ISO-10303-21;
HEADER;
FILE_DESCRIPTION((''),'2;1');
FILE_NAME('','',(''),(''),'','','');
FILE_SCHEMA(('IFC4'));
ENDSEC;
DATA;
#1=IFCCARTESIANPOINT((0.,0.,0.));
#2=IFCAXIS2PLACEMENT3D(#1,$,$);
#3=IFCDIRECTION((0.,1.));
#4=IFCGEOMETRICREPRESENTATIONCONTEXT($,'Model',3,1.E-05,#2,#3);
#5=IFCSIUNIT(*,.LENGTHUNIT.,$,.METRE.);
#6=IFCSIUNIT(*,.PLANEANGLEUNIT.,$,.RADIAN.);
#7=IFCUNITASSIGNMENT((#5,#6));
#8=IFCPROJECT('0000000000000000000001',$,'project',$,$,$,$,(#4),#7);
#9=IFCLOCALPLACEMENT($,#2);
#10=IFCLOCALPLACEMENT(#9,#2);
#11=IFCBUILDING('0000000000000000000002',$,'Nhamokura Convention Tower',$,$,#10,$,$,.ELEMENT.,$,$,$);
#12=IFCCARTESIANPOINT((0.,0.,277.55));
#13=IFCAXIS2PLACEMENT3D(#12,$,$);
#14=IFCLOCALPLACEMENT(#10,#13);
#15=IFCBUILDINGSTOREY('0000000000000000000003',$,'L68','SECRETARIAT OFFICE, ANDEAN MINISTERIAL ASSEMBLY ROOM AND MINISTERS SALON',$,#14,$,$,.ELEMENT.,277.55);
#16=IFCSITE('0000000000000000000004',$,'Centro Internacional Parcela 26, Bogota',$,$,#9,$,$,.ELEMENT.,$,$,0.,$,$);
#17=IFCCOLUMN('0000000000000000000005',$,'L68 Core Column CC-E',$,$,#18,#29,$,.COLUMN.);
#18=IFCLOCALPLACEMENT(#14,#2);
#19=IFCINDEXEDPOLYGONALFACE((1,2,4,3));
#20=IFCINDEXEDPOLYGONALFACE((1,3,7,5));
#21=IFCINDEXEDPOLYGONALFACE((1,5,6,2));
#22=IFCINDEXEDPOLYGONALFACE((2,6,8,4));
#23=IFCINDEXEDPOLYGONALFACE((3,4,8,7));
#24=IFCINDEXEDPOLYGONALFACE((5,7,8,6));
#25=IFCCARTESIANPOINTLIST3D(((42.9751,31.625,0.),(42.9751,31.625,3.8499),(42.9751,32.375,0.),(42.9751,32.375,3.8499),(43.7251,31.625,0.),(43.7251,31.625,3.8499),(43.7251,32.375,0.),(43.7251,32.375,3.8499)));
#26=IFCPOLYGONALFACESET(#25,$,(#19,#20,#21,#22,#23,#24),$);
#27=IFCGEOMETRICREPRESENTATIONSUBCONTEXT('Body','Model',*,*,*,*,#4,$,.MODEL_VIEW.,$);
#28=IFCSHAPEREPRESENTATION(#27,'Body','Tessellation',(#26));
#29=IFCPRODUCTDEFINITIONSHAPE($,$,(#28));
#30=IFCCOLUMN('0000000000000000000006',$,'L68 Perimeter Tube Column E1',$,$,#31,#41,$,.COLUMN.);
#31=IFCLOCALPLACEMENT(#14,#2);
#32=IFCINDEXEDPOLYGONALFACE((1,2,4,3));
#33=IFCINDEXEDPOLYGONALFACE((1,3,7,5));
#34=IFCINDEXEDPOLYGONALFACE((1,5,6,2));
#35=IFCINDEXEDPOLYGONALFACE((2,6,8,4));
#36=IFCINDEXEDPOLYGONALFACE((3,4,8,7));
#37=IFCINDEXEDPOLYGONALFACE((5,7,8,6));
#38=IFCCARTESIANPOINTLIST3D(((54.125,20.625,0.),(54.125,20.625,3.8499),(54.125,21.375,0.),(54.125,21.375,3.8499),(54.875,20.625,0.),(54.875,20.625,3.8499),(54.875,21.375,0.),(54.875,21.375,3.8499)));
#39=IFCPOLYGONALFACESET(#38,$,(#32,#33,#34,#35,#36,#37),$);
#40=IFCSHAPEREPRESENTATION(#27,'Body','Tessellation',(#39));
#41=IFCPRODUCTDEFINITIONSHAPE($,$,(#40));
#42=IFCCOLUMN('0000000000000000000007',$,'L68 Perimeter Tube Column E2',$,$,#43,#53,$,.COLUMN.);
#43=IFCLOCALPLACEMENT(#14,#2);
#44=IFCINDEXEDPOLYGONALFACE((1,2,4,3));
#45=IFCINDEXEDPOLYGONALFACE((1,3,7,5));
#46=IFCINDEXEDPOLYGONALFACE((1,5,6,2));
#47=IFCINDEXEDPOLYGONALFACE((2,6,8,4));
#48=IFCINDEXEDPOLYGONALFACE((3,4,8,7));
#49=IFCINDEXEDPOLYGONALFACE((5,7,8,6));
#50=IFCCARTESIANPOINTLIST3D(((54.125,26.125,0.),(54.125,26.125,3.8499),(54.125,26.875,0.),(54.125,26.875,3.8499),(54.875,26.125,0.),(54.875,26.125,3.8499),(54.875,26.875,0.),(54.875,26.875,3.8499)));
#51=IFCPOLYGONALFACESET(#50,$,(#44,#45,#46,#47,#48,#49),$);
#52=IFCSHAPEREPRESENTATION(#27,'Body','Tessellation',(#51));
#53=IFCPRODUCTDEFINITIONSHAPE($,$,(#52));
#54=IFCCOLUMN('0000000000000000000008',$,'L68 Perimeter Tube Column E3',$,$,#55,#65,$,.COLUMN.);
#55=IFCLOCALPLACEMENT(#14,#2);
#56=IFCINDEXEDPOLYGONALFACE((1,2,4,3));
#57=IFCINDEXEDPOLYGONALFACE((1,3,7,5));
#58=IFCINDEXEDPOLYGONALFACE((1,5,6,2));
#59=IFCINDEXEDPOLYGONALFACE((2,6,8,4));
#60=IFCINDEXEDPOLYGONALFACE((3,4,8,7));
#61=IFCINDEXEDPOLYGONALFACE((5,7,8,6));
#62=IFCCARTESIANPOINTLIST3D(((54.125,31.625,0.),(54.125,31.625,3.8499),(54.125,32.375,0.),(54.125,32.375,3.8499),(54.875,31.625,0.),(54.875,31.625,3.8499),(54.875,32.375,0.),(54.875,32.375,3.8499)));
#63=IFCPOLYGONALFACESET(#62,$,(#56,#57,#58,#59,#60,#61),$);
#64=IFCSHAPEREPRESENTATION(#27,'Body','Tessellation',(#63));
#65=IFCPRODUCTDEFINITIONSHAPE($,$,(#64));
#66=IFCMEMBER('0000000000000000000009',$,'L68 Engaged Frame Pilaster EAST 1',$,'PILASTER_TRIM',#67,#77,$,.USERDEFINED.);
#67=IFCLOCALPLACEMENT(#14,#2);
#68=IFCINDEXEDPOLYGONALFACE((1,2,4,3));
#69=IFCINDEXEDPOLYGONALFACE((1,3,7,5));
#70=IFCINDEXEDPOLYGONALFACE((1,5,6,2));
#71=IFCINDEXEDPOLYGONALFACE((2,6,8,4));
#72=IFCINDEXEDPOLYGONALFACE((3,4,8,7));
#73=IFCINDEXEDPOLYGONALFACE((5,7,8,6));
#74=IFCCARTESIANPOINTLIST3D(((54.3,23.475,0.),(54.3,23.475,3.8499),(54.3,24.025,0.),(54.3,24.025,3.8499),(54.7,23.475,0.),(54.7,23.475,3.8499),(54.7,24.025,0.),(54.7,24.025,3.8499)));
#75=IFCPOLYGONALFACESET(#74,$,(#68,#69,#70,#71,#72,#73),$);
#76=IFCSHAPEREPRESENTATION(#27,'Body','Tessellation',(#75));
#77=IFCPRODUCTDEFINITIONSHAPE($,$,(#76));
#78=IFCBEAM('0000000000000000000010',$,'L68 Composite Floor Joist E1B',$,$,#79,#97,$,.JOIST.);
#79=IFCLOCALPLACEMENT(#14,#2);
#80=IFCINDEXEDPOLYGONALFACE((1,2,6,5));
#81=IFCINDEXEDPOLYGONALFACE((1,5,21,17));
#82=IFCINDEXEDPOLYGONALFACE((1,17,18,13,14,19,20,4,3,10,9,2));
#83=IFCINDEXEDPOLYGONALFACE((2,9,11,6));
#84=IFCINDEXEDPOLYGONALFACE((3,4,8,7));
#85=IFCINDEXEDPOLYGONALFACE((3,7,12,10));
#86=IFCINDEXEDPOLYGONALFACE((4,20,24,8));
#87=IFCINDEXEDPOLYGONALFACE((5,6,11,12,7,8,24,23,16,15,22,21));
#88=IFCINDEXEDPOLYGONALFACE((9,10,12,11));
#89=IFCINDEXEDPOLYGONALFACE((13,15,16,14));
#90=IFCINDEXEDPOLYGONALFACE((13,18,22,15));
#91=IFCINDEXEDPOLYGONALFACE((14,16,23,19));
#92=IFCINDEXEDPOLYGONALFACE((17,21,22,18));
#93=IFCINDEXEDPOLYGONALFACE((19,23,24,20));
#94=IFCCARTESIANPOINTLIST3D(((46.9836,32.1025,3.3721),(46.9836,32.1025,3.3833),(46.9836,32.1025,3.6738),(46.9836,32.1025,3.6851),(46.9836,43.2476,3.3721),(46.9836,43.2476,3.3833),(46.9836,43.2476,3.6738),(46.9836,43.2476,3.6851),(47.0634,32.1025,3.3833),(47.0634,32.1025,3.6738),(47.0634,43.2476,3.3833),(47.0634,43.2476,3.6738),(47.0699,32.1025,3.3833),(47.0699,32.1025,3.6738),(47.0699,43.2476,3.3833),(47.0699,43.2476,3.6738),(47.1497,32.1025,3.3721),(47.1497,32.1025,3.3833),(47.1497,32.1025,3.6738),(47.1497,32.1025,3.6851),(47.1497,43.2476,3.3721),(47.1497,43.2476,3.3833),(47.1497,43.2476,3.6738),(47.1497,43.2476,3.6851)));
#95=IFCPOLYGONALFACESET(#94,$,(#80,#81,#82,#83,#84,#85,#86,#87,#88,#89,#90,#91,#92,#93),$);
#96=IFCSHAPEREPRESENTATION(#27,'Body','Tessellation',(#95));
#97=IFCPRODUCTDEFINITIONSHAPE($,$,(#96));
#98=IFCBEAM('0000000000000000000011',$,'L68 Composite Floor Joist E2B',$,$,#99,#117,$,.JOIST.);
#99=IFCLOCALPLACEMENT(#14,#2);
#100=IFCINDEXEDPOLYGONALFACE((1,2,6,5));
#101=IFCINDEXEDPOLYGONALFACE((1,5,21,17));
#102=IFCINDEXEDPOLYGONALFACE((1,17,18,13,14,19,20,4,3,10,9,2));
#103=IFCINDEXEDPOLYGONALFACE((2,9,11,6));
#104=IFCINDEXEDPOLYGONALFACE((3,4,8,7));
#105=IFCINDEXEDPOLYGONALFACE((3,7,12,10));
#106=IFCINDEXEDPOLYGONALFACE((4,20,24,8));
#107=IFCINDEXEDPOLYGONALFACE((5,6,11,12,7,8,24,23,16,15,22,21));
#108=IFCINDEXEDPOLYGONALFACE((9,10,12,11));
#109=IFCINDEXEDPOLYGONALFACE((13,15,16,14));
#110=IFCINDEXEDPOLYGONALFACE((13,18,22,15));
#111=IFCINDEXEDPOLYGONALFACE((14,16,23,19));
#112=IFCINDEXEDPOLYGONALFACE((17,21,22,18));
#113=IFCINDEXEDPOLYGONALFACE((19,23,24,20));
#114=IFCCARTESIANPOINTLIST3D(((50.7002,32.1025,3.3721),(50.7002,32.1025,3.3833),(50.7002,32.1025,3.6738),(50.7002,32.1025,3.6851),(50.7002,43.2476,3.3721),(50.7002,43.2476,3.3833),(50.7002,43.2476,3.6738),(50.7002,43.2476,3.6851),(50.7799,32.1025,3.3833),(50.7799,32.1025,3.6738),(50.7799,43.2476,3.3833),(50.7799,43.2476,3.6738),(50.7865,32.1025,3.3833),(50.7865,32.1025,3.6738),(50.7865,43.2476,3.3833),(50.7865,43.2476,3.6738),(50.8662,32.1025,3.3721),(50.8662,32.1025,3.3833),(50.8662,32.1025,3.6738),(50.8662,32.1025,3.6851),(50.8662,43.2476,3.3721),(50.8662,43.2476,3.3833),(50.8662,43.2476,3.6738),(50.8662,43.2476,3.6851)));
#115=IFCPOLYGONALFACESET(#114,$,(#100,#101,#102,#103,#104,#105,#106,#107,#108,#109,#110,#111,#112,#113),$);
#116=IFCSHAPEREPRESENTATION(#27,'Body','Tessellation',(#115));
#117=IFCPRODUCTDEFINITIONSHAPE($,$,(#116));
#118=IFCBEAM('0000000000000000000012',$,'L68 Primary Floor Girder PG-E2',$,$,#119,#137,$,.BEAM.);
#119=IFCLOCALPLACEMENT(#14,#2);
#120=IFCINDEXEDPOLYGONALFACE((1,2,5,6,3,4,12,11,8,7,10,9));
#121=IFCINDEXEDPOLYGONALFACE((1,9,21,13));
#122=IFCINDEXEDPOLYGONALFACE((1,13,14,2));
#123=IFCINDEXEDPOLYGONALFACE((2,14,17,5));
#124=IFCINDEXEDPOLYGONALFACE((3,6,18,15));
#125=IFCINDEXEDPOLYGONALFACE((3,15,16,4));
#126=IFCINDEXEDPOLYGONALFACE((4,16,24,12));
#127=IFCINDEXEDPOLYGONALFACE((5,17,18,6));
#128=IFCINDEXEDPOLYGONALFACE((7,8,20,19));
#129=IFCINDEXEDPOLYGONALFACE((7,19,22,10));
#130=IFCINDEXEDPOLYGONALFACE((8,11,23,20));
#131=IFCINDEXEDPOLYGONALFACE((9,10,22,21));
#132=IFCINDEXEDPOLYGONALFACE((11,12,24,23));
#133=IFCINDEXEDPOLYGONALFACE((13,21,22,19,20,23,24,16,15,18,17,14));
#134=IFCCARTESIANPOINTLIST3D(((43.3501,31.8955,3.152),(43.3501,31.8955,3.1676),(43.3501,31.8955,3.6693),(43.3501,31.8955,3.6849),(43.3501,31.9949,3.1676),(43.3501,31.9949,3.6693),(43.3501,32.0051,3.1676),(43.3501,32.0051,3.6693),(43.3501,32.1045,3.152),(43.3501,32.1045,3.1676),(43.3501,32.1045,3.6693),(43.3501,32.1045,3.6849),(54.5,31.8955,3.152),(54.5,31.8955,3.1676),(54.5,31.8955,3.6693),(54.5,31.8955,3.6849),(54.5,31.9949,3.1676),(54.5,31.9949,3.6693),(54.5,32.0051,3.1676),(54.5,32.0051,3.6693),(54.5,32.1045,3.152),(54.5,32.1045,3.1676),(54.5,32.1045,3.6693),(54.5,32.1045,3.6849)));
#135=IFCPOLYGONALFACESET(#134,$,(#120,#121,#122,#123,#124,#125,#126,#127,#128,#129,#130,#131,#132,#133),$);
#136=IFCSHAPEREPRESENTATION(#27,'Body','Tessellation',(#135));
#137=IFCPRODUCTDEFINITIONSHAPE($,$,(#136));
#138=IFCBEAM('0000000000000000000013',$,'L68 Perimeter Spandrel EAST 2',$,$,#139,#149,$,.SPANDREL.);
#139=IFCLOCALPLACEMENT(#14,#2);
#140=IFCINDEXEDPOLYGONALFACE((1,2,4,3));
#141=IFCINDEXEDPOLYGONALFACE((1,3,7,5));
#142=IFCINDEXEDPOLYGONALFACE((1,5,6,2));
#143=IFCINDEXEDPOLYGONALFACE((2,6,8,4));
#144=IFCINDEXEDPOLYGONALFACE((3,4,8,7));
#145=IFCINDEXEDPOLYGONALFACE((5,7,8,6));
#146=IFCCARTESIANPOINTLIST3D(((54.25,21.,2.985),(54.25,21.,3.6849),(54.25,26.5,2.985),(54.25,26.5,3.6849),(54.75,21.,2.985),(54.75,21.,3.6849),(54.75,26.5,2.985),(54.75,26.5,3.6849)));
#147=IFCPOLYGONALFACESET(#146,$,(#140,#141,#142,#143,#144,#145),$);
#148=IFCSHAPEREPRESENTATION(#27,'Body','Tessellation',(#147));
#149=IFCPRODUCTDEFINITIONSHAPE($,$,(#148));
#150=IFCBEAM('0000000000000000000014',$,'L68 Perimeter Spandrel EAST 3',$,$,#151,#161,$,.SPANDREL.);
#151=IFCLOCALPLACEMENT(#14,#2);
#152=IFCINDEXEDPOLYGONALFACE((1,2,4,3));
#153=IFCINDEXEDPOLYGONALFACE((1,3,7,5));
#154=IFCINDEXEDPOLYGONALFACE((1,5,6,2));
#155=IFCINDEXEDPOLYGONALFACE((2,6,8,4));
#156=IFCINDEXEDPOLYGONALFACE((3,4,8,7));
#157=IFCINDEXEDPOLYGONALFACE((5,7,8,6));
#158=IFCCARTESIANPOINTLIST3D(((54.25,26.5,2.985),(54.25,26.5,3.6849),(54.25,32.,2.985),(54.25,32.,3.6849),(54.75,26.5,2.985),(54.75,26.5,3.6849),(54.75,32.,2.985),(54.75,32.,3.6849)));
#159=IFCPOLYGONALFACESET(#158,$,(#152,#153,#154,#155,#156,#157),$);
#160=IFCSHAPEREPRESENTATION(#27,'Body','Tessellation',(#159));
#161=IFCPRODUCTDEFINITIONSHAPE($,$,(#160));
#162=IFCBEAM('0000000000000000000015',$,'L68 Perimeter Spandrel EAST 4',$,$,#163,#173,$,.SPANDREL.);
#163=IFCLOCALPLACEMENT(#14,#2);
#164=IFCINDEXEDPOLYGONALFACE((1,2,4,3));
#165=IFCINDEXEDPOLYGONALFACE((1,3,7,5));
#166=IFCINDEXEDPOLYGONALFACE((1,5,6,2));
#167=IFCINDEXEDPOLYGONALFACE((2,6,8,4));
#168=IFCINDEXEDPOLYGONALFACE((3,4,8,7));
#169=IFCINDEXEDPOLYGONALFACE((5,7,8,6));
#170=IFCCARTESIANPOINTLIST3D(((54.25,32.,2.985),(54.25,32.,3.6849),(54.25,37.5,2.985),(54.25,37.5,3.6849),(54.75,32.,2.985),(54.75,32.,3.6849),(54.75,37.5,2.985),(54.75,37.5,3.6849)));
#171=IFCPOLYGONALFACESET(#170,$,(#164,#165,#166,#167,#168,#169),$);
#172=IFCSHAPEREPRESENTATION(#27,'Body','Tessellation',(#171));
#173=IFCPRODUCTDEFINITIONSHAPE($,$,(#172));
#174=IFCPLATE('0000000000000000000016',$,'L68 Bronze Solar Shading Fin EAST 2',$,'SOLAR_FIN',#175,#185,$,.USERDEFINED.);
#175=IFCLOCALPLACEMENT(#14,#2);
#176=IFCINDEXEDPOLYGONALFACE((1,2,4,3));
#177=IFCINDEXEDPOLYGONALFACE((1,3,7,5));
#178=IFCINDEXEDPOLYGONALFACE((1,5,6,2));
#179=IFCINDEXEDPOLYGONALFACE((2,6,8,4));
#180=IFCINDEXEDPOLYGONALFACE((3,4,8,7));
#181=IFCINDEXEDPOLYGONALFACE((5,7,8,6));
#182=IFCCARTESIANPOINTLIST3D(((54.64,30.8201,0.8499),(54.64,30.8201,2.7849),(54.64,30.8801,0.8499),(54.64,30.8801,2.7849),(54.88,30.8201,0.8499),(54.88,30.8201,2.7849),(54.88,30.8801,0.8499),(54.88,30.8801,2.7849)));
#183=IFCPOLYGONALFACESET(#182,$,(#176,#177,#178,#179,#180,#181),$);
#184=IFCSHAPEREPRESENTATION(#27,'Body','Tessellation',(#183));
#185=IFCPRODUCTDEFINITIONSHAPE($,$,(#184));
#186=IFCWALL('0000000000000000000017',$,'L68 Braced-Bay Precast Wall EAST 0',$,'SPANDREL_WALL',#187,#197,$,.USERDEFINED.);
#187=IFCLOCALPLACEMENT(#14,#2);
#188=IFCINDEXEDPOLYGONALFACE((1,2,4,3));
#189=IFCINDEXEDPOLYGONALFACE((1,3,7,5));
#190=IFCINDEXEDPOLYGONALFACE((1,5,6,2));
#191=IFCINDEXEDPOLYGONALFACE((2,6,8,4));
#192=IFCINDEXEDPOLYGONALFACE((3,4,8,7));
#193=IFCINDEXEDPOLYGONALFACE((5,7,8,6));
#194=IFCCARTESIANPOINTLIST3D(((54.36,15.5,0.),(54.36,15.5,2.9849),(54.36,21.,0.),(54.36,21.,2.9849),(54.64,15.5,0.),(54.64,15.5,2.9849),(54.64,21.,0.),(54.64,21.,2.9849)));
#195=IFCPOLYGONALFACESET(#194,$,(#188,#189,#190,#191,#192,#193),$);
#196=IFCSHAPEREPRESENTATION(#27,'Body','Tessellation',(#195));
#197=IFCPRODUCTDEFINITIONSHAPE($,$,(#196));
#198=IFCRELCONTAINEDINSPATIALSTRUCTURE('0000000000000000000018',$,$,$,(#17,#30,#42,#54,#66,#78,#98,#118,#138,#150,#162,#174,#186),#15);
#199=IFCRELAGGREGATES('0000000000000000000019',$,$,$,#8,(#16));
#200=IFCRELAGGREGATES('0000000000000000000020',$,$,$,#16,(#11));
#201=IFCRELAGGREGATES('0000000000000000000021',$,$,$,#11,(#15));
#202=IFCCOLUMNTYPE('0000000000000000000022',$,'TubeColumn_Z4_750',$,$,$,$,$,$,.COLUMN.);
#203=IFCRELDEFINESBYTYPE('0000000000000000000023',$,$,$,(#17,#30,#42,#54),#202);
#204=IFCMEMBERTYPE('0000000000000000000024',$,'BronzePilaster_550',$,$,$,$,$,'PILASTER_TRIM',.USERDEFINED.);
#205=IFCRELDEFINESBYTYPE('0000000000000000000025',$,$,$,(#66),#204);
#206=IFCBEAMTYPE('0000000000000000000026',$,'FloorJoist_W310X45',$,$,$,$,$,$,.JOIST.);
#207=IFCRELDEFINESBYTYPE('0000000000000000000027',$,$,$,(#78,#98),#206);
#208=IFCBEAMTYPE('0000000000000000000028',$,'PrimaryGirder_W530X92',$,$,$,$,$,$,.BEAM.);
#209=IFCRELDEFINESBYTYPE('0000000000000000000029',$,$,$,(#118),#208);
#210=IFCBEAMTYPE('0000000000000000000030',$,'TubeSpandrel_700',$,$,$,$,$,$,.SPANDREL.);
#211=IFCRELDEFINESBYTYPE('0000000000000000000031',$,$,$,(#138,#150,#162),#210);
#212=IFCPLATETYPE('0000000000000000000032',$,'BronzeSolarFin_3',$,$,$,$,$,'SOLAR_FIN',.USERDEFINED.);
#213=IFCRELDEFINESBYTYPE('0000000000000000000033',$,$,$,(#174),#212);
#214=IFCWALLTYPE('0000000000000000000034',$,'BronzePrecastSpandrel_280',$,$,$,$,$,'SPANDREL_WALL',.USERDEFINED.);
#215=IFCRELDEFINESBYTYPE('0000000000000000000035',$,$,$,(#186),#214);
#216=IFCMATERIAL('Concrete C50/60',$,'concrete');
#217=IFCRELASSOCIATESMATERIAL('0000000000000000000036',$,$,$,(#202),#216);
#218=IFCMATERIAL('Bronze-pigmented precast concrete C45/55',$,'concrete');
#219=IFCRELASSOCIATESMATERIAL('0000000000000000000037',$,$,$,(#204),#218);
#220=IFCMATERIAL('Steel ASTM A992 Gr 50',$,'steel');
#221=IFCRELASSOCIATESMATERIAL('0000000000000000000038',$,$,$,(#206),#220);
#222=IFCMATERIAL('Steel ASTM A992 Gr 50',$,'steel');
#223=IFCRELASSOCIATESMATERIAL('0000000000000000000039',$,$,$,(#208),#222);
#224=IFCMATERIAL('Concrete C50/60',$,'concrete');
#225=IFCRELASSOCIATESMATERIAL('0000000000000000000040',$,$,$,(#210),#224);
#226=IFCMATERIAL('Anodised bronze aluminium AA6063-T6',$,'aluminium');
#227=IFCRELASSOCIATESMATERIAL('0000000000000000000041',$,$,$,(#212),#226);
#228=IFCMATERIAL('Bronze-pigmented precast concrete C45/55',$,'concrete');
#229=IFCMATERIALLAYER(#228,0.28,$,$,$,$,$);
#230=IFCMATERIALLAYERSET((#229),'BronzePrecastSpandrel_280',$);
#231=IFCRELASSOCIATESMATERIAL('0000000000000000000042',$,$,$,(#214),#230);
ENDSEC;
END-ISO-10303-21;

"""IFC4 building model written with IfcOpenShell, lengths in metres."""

from ifc_helpers import new_model, si_unit, direction, frame, frame_2d, origin, origin_2d, place, context, subcontext, project, spatial, rectangle, i_section, extrude, material, layer, layer_set, material_profile, profile_set, type_object, element, save


model = new_model("IFC4")

# Units and contexts
model_context = context("Model", 3, precision=1e-05, world=origin(), true_north=direction((0.0, 1.0)))
body_context = subcontext(model_context, "Body", "Model", "MODEL_VIEW")
ifc_project = project(units=[si_unit("LENGTHUNIT", "METRE"), si_unit("PLANEANGLEUNIT", "RADIAN")], contexts=[model_context])

# Site, building, storey
site_placement = place(None, origin())
site = spatial("IfcSite", under=ifc_project, at=site_placement, Name="Centro Internacional Parcela 26, Bogota", CompositionType="ELEMENT", RefElevation=0.0)
building_placement = place(site_placement, origin())
building = spatial("IfcBuilding", under=site, at=building_placement, Name="Nhamokura Convention Tower", CompositionType="ELEMENT")
storey_placement = place(building_placement, frame((0.0, 0.0, 277.55)))
storey = spatial("IfcBuildingStorey", under=building, at=storey_placement, Name="L68", Description="SECRETARIAT OFFICE, ANDEAN MINISTERIAL ASSEMBLY ROOM AND MINISTERS SALON", CompositionType="ELEMENT", Elevation=277.55)

# Columns
ifc_material_1 = material(Name="Concrete C50/60", Category="concrete")
ifc_material_profile_1 = material_profile(ifc_material_1, rectangle(XDim=0.75, YDim=0.75, at=origin_2d()))
ifc_profile_set_1 = profile_set([ifc_material_profile_1], Name="Concrete C50/60")
column_type = type_object("IfcColumnType", Name="TubeColumn_Z4_750", PredefinedType="COLUMN", material=ifc_profile_set_1)
for number, where, z_axis, x_axis, name in (
    (1, (43.3501, 32.0, 0.0), (0.0, 0.0, 1.0), (1.0, 0.0, 0.0), "L68 Core Column CC-E"),
    (2, (54.5, 21.0, 0.0), (0.0, 0.0, 1.0), (1.0, 0.0, 0.0), "L68 Perimeter Tube Column E1"),
    (3, (54.5, 26.5, 0.0), (0.0, 0.0, 1.0), (1.0, 0.0, 0.0), "L68 Perimeter Tube Column E2"),
    (4, (54.5, 32.0, 0.0), (0.0, 0.0, 1.0), (1.0, 0.0, 0.0), "L68 Perimeter Tube Column E3"),
):
    element("IfcColumn", number, at=place(storey_placement, frame(where, z_axis=z_axis, x_axis=x_axis)), inside=storey, type_object=column_type, Name=name, PredefinedType="COLUMN", context=body_context, shape_type="SweptSolid", body=[
        extrude(rectangle(XDim=0.75, YDim=0.75, at=origin_2d()), origin(), (0.0, 0.0, 1.0), 3.8499),
    ])

# Member
ifc_material_2 = material(Name="Bronze-pigmented precast concrete C45/55", Category="concrete")
ifc_material_profile_2 = material_profile(ifc_material_2, rectangle(XDim=0.3999, YDim=0.55, at=origin_2d()))
ifc_profile_set_2 = profile_set([ifc_material_profile_2], Name="Bronze-pigmented precast concrete C45/55")
member_type = type_object("IfcMemberType", Name="BronzePilaster_550", ElementType="PILASTER_TRIM", PredefinedType="USERDEFINED", material=ifc_profile_set_2)
member_placement = place(storey_placement, frame((54.5, 23.75, 0.0), z_axis=(0.0, 0.0, 1.0), x_axis=(1.0, 0.0, 0.0)))
element("IfcMember", 5, at=member_placement, inside=storey, type_object=member_type, Name="L68 Engaged Frame Pilaster EAST 1", ObjectType="PILASTER_TRIM", PredefinedType="USERDEFINED", context=body_context, shape_type="SweptSolid", body=[
    extrude(rectangle(XDim=0.3999, YDim=0.55, at=origin_2d()), origin(), (0.0, 0.0, 1.0), 3.8499),
])

# Beams
ifc_material_3 = material(Name="Steel ASTM A992 Gr 50", Category="steel")
ifc_material_profile_3 = material_profile(ifc_material_3, i_section(OverallWidth=0.166, OverallDepth=0.313, WebThickness=0.0066, FlangeThickness=0.0112, at=origin_2d()))
ifc_profile_set_3 = profile_set([ifc_material_profile_3], Name="Steel ASTM A992 Gr 50")
beam_type_1 = type_object("IfcBeamType", Name="FloorJoist_W310X45", PredefinedType="JOIST", material=ifc_profile_set_3)
for number, where, z_axis, x_axis, name in (
    (6, (47.0667, 32.1025, 3.5286), (0.0, 1.0, 0.0), (-1.0, 0.0, 0.0), "L68 Composite Floor Joist E1B"),
    (7, (50.7832, 32.1025, 3.5286), (0.0, 1.0, 0.0), (-1.0, 0.0, 0.0), "L68 Composite Floor Joist E2B"),
):
    element("IfcBeam", number, at=place(storey_placement, frame(where, z_axis=z_axis, x_axis=x_axis)), inside=storey, type_object=beam_type_1, Name=name, PredefinedType="JOIST", context=body_context, shape_type="SweptSolid", body=[
        extrude(i_section(OverallWidth=0.166, OverallDepth=0.313, WebThickness=0.0066, FlangeThickness=0.0112, at=origin_2d()), origin(), (0.0, 0.0, 1.0), 11.145),
    ])
ifc_material_4 = material(Name="Steel ASTM A992 Gr 50", Category="steel")
ifc_material_profile_4 = material_profile(ifc_material_4, i_section(OverallWidth=0.209, OverallDepth=0.533, WebThickness=0.0103, FlangeThickness=0.0156, at=origin_2d()))
ifc_profile_set_4 = profile_set([ifc_material_profile_4], Name="Steel ASTM A992 Gr 50")
beam_type_2 = type_object("IfcBeamType", Name="PrimaryGirder_W530X92", PredefinedType="BEAM", material=ifc_profile_set_4)
beam_placement = place(storey_placement, frame((43.3501, 32.0, 3.4185), z_axis=(1.0, 0.0, 0.0), x_axis=(0.0, 1.0, 0.0)))
element("IfcBeam", 8, at=beam_placement, inside=storey, type_object=beam_type_2, Name="L68 Primary Floor Girder PG-E2", PredefinedType="BEAM", context=body_context, shape_type="SweptSolid", body=[
    extrude(i_section(OverallWidth=0.209, OverallDepth=0.533, WebThickness=0.0103, FlangeThickness=0.0156, at=origin_2d()), origin(), (0.0, 0.0, 1.0), 11.1499),
])
ifc_material_5 = material(Name="Concrete C50/60", Category="concrete")
ifc_material_profile_5 = material_profile(ifc_material_5, rectangle(XDim=0.5, YDim=0.7, at=origin_2d()))
ifc_profile_set_5 = profile_set([ifc_material_profile_5], Name="Concrete C50/60")
beam_type_3 = type_object("IfcBeamType", Name="TubeSpandrel_700", PredefinedType="SPANDREL", material=ifc_profile_set_5)
for number, where, z_axis, x_axis, name in (
    (9, (54.5, 21.0, 3.335), (0.0, 1.0, 0.0), (-1.0, 0.0, 0.0), "L68 Perimeter Spandrel EAST 2"),
    (10, (54.5, 26.5, 3.335), (0.0, 1.0, 0.0), (-1.0, 0.0, 0.0), "L68 Perimeter Spandrel EAST 3"),
    (11, (54.5, 32.0, 3.335), (0.0, 1.0, 0.0), (-1.0, 0.0, 0.0), "L68 Perimeter Spandrel EAST 4"),
):
    element("IfcBeam", number, at=place(storey_placement, frame(where, z_axis=z_axis, x_axis=x_axis)), inside=storey, type_object=beam_type_3, Name=name, PredefinedType="SPANDREL", context=body_context, shape_type="SweptSolid", body=[
        extrude(rectangle(XDim=0.5, YDim=0.7, at=origin_2d()), origin(), (0.0, 0.0, 1.0), 5.5),
    ])

# Plate
ifc_material_6 = material(Name="Anodised bronze aluminium AA6063-T6", Category="aluminium")
plate_type = type_object("IfcPlateType", Name="BronzeSolarFin_3", ElementType="SOLAR_FIN", PredefinedType="USERDEFINED", material=ifc_material_6)
plate_placement = place(storey_placement, frame((54.76, 30.8501, 0.8499), z_axis=(0.0, 0.0, 1.0), x_axis=(1.0, 0.0, 0.0)))
element("IfcPlate", 12, at=plate_placement, inside=storey, type_object=plate_type, Name="L68 Bronze Solar Shading Fin EAST 2", ObjectType="SOLAR_FIN", PredefinedType="USERDEFINED", context=body_context, shape_type="SweptSolid", body=[
    extrude(rectangle(XDim=0.24, YDim=0.0601, at=origin_2d()), origin(), (0.0, 0.0, 1.0), 1.9351),
])

# Wall
ifc_material_7 = material(Name="Bronze-pigmented precast concrete C45/55", Category="concrete")
ifc_layer_1 = layer(ifc_material_7, 0.28)
ifc_layer_set_1 = layer_set([ifc_layer_1], Name="BronzePrecastSpandrel_280")
wall_type_1 = type_object("IfcWallType", Name="BronzePrecastSpandrel_280", ElementType="SPANDREL_WALL", PredefinedType="USERDEFINED", material=ifc_layer_set_1)
wall_1_placement = place(storey_placement, frame((54.5, 21.0, 0.0), z_axis=(0.0, 0.0, 1.0), x_axis=(0.0, -1.0, 0.0)))
element("IfcWall", 13, at=wall_1_placement, inside=storey, type_object=wall_type_1, Name="L68 Braced-Bay Precast Wall EAST 0", ObjectType="SPANDREL_WALL", PredefinedType="USERDEFINED", context=body_context, shape_type="SweptSolid", body=[
    extrude(rectangle(XDim=5.5, YDim=0.28, at=frame_2d((2.75, 0.0))), origin(), (0.0, 0.0, 1.0), 2.9849),
])

save(model, "model.ifc")
